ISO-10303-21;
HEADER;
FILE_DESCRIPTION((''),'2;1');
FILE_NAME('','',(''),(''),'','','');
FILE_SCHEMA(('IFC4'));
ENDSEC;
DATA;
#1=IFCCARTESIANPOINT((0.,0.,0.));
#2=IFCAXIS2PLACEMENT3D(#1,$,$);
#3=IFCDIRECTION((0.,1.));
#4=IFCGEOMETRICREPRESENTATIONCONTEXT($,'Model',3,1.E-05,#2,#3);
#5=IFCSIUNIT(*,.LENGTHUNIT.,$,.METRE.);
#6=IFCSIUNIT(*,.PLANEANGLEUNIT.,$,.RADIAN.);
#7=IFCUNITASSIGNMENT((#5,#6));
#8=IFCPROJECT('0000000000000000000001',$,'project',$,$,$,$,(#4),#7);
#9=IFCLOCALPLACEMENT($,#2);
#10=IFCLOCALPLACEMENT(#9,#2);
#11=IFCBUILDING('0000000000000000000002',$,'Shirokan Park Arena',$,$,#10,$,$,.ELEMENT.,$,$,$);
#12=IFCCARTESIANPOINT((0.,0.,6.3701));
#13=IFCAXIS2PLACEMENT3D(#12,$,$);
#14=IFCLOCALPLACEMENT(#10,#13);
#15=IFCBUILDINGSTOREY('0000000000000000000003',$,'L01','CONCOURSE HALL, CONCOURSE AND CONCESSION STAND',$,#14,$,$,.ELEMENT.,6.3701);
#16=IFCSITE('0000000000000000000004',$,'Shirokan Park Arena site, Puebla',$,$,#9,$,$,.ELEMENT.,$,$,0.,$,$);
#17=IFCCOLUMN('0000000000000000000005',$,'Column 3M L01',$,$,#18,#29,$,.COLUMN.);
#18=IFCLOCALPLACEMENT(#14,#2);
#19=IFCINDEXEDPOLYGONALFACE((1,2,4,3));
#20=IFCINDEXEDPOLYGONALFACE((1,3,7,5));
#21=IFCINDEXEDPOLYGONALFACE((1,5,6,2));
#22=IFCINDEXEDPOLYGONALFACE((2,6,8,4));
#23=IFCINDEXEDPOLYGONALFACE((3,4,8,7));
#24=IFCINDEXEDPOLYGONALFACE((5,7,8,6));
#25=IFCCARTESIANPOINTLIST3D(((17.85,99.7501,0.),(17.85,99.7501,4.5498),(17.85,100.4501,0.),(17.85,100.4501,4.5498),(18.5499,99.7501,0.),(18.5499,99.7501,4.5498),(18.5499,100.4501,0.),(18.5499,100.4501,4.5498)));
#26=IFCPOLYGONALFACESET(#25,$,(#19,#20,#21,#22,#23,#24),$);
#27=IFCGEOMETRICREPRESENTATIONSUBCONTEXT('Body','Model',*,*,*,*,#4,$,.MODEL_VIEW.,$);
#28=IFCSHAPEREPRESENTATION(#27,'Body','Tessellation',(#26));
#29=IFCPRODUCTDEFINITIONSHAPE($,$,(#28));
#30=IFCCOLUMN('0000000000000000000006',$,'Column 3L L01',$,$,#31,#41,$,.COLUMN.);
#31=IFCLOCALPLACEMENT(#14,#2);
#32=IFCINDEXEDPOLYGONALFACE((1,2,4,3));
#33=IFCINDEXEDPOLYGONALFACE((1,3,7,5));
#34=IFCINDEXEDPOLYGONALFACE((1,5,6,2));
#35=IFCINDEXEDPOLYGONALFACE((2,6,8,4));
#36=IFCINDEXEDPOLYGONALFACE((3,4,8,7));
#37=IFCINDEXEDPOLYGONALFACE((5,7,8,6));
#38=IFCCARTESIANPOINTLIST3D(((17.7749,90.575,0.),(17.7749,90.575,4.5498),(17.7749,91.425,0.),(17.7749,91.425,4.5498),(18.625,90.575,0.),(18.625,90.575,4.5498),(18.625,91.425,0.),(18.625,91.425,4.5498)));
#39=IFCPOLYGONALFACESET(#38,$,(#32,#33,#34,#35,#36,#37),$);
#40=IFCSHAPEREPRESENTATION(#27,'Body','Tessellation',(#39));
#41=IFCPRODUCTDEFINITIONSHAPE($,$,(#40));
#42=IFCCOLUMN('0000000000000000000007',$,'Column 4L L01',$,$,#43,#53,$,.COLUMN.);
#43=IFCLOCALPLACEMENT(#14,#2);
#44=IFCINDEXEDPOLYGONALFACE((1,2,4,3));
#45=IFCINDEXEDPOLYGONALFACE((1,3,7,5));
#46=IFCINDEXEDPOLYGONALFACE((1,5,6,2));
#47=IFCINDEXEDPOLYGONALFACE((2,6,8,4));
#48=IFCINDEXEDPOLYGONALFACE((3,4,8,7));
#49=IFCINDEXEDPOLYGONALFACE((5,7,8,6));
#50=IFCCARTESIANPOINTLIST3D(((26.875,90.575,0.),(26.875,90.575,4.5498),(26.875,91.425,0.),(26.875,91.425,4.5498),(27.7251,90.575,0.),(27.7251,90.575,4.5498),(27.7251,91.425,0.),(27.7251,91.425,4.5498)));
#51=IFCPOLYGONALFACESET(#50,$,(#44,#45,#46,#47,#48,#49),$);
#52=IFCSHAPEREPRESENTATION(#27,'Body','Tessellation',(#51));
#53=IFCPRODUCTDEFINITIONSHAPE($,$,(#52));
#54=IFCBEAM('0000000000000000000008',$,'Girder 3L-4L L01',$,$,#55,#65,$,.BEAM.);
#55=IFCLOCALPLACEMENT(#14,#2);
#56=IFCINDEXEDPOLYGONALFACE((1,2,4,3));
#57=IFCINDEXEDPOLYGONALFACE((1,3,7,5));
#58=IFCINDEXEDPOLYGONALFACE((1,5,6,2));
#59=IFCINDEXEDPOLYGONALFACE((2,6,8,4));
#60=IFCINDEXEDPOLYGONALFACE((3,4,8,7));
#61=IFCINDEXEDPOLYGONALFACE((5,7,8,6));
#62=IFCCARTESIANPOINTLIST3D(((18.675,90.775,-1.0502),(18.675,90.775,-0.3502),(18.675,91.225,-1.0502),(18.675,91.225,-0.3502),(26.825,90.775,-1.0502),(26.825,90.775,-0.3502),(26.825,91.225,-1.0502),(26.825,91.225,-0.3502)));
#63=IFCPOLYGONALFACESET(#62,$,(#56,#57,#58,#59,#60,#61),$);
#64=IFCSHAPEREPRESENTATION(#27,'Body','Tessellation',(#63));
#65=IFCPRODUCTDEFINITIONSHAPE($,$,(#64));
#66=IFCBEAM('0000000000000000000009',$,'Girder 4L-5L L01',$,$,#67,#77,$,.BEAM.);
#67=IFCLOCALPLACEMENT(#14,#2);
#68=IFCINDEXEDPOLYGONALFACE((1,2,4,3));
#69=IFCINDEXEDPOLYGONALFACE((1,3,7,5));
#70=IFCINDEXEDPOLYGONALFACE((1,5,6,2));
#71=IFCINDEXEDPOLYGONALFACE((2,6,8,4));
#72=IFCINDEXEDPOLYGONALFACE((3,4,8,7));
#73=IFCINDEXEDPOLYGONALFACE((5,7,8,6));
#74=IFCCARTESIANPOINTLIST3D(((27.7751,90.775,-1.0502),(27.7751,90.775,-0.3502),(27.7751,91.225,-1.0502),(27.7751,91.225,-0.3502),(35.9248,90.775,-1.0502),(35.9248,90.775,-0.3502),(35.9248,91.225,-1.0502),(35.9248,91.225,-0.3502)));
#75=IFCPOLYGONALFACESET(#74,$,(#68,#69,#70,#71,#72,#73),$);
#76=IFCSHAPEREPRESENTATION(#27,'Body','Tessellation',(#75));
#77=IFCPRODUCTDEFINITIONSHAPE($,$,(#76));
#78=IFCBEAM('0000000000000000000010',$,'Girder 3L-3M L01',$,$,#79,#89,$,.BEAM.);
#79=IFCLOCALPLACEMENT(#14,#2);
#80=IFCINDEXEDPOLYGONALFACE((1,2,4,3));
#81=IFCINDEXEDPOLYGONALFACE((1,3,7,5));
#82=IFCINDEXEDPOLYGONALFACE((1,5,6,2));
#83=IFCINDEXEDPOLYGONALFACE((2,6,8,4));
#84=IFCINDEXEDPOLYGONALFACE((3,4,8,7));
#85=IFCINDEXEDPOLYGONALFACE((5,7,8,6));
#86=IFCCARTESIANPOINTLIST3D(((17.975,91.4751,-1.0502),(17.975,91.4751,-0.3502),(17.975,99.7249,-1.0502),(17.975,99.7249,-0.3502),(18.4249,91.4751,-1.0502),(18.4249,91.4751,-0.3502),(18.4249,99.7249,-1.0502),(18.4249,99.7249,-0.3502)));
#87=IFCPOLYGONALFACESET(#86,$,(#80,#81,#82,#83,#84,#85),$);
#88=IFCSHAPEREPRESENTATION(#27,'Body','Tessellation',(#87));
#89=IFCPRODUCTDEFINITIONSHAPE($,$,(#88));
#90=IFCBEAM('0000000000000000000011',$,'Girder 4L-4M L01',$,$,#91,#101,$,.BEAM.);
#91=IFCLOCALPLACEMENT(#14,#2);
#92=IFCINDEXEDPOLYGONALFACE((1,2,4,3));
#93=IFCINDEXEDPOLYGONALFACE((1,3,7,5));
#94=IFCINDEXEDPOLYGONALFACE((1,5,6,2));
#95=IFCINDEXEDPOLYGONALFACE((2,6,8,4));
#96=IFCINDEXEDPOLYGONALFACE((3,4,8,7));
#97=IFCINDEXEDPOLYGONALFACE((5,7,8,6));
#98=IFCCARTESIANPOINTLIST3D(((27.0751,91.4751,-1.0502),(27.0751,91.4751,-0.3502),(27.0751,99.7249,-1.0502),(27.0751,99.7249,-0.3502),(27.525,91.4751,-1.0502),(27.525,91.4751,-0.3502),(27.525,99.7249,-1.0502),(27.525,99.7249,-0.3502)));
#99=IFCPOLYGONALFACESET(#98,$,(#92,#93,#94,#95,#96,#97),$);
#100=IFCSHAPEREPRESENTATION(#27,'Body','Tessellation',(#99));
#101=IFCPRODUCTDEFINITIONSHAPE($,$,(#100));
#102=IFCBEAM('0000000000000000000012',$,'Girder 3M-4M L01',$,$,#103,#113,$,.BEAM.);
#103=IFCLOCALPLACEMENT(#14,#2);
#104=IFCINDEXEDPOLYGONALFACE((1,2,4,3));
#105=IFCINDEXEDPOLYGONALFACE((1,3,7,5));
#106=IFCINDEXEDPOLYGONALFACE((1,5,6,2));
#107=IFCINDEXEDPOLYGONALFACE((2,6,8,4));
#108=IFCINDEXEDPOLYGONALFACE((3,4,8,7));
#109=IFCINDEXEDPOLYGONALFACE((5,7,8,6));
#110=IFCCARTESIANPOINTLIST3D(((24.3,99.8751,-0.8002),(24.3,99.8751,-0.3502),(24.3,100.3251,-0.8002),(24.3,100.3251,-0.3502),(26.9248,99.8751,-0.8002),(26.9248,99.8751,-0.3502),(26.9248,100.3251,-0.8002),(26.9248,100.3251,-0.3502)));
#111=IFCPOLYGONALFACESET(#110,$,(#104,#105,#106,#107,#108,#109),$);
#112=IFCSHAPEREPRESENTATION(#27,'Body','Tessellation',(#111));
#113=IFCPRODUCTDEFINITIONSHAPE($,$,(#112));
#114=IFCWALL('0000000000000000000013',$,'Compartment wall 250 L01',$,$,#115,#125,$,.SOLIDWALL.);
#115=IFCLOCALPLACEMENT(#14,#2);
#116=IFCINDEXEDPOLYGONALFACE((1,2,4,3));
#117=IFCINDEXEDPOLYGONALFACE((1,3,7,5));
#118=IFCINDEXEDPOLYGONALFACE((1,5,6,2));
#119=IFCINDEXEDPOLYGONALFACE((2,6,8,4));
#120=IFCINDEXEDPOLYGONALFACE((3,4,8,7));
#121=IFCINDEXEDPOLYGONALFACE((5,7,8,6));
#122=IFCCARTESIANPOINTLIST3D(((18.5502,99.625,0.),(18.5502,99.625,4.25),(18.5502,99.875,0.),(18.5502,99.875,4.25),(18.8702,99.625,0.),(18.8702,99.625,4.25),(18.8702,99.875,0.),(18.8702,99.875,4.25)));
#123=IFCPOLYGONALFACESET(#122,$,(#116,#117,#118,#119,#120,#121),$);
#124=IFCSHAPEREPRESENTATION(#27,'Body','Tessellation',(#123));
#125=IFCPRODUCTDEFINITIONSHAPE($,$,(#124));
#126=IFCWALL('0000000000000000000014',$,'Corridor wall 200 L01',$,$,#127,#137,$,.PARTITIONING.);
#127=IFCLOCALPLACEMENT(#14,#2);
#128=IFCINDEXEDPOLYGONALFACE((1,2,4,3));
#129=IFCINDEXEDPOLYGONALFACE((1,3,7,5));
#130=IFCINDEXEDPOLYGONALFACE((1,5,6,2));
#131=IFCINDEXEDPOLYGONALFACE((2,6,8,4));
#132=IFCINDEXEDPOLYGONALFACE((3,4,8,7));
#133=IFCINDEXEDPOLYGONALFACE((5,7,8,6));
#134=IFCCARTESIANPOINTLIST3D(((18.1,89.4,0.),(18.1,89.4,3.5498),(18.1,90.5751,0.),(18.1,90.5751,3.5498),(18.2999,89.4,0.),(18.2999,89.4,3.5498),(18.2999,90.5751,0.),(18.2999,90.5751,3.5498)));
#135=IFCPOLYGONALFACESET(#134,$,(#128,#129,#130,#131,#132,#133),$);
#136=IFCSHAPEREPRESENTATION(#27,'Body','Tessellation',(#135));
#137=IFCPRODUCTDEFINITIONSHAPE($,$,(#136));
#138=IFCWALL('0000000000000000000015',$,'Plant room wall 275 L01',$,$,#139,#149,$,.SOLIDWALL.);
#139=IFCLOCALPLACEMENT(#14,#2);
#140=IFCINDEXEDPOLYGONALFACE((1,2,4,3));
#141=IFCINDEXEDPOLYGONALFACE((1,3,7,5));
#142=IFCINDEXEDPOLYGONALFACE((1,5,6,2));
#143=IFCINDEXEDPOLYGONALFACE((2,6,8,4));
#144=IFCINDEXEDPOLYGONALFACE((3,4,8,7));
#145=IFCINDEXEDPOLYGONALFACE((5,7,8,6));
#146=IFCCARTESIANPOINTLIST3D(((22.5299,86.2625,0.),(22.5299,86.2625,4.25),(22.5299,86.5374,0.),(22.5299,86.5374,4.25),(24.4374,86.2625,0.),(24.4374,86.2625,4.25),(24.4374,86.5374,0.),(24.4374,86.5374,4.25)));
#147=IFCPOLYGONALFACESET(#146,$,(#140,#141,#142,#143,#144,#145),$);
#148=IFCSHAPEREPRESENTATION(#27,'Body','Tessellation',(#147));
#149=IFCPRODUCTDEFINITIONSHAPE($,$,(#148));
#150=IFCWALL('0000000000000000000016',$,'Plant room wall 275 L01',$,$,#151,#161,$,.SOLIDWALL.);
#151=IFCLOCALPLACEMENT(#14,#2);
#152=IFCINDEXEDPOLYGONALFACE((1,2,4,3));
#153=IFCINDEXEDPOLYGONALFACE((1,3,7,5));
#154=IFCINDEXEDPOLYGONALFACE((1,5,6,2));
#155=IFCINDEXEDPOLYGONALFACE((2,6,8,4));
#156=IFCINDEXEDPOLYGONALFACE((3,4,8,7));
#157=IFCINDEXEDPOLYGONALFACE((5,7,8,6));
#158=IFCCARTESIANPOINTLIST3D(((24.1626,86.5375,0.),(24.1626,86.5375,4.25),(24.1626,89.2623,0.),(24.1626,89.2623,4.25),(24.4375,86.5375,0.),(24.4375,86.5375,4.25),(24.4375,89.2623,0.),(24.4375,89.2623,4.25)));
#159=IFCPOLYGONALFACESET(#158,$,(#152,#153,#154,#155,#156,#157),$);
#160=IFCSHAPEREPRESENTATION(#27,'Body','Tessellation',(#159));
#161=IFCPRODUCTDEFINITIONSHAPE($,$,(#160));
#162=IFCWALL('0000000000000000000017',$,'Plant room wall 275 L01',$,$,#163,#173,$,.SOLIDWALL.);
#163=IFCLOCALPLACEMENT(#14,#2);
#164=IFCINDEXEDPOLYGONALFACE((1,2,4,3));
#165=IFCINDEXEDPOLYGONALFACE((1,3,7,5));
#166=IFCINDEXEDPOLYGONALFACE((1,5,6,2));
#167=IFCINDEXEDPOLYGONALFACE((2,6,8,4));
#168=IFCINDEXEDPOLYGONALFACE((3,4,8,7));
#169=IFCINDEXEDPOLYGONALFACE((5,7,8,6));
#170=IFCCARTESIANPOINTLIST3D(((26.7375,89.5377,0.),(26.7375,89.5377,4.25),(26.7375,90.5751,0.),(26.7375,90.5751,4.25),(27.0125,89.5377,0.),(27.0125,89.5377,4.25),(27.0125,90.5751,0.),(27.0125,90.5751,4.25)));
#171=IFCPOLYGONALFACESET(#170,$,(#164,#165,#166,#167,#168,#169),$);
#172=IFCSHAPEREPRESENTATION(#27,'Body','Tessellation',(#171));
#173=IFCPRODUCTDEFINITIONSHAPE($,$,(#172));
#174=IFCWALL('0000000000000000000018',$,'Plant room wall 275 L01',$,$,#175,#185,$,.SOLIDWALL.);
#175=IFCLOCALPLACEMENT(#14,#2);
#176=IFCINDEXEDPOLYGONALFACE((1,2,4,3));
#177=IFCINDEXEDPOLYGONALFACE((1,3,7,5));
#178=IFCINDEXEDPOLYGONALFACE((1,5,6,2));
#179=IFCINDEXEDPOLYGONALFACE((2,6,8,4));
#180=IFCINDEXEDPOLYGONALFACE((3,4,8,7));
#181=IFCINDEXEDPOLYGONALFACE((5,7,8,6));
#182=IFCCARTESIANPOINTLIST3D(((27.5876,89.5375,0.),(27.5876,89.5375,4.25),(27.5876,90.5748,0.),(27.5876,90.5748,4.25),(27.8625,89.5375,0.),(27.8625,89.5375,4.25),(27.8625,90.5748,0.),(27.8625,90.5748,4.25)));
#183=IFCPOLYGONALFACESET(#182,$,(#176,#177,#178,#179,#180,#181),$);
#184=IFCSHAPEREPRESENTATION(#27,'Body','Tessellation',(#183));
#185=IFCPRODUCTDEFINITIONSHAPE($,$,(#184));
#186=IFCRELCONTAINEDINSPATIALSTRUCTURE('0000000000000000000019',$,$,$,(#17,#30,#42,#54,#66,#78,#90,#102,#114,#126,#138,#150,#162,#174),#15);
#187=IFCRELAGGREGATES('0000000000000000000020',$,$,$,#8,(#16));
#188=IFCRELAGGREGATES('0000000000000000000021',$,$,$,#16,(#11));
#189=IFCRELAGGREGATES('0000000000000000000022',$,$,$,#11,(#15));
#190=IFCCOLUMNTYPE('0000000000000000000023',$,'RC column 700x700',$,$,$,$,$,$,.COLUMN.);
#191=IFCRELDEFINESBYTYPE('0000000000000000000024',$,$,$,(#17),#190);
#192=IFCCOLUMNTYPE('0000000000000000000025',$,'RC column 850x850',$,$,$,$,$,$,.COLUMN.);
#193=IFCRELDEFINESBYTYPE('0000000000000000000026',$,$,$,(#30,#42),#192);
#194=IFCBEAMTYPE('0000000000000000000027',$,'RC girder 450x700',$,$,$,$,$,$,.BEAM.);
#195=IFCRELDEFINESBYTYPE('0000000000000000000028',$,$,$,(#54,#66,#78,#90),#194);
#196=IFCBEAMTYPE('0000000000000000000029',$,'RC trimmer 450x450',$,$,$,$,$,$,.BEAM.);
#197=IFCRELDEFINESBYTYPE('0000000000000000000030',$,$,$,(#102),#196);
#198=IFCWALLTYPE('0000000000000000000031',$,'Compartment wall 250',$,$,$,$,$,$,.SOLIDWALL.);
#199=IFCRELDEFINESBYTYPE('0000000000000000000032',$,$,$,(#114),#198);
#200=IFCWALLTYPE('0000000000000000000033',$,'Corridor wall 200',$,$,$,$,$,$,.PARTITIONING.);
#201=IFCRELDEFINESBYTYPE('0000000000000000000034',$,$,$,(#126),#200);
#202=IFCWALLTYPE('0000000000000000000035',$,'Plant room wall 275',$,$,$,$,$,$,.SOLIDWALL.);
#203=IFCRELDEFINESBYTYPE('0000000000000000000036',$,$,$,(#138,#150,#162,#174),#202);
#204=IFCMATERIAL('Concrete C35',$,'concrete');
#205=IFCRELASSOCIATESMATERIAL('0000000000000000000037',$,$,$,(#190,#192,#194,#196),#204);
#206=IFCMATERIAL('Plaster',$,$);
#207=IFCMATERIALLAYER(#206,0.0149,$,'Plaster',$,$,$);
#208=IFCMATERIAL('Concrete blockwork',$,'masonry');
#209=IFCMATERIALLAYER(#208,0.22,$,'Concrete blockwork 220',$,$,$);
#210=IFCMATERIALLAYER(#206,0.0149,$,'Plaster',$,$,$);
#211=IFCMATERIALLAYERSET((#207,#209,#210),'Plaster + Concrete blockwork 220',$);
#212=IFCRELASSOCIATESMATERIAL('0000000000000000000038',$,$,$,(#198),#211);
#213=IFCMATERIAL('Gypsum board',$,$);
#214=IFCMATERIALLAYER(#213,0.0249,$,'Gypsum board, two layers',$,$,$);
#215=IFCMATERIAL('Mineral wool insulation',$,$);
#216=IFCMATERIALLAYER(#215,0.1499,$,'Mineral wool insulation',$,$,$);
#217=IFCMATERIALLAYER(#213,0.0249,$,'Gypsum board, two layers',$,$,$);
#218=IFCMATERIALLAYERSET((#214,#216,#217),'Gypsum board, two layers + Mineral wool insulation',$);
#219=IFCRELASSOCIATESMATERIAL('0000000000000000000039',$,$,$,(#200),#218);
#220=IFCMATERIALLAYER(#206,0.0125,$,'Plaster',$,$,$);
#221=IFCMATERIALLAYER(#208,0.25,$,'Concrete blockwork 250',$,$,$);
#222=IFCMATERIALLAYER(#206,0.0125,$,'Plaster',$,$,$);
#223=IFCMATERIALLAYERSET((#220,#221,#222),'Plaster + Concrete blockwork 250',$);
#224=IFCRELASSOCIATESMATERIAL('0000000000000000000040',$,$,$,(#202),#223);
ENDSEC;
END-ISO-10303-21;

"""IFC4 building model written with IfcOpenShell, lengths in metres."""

from ifc_helpers import new_model, si_unit, direction, frame, frame_2d, origin, origin_2d, place, context, subcontext, project, spatial, rectangle, extrude, material, layer, layer_set, material_profile, profile_set, type_object, element, save


model = new_model("IFC4")

# Units and contexts
model_context = context("Model", 3, precision=1e-05, world=origin(), true_north=direction((0.0, 1.0)))
body_context = subcontext(model_context, "Body", "Model", "MODEL_VIEW")
ifc_project = project(units=[si_unit("LENGTHUNIT", "METRE"), si_unit("PLANEANGLEUNIT", "RADIAN")], contexts=[model_context])

# Site, building, storey
site_placement = place(None, origin())
site = spatial("IfcSite", under=ifc_project, at=site_placement, Name="Shirokan Park Arena site, Puebla", CompositionType="ELEMENT", RefElevation=0.0)
building_placement = place(site_placement, origin())
building = spatial("IfcBuilding", under=site, at=building_placement, Name="Shirokan Park Arena", CompositionType="ELEMENT")
storey_placement = place(building_placement, frame((0.0, 0.0, 6.3701)))
storey = spatial("IfcBuildingStorey", under=building, at=storey_placement, Name="L01", Description="CONCOURSE HALL, CONCOURSE AND CONCESSION STAND", CompositionType="ELEMENT", Elevation=6.3701)

# Columns
ifc_material_1 = material(Name="Concrete C35", Category="concrete")
ifc_material_profile_1 = material_profile(ifc_material_1, rectangle(XDim=0.7, YDim=0.7, at=origin_2d()), Name="700x700")
ifc_profile_set_1 = profile_set([ifc_material_profile_1], Name="Concrete C35")
column_type_1 = type_object("IfcColumnType", Name="RC column 700x700", PredefinedType="COLUMN", material=ifc_profile_set_1)
column_placement = place(storey_placement, frame((18.2, 100.1001, 0.0), z_axis=(0.0, 0.0, 1.0), x_axis=(1.0, 0.0, 0.0)))
element("IfcColumn", 1, at=column_placement, inside=storey, type_object=column_type_1, Name="Column 3M L01", PredefinedType="COLUMN", context=body_context, shape_type="SweptSolid", body=[
    extrude(rectangle(XDim=0.7, YDim=0.7, at=origin_2d()), origin(), (0.0, 0.0, 1.0), 4.5498),
])
ifc_material_profile_2 = material_profile(ifc_material_1, rectangle(XDim=0.8501, YDim=0.8501, at=origin_2d()), Name="850x850")
ifc_profile_set_2 = profile_set([ifc_material_profile_2], Name="Concrete C35")
column_type_2 = type_object("IfcColumnType", Name="RC column 850x850", PredefinedType="COLUMN", material=ifc_profile_set_2)
for number, where, z_axis, x_axis, name in (
    (2, (18.2, 91.0, 0.0), (0.0, 0.0, 1.0), (1.0, 0.0, 0.0), "Column 3L L01"),
    (3, (27.3, 91.0, 0.0), (0.0, 0.0, 1.0), (1.0, 0.0, 0.0), "Column 4L L01"),
):
    element("IfcColumn", number, at=place(storey_placement, frame(where, z_axis=z_axis, x_axis=x_axis)), inside=storey, type_object=column_type_2, Name=name, PredefinedType="COLUMN", context=body_context, shape_type="SweptSolid", body=[
        extrude(rectangle(XDim=0.8501, YDim=0.8501, at=origin_2d()), origin(), (0.0, 0.0, 1.0), 4.5498),
    ])

# Beams
ifc_material_profile_3 = material_profile(ifc_material_1, rectangle(XDim=0.45, YDim=0.7, at=origin_2d()), Name="450x700")
ifc_profile_set_3 = profile_set([ifc_material_profile_3], Name="Concrete C35")
beam_type_1 = type_object("IfcBeamType", Name="RC girder 450x700", PredefinedType="BEAM", material=ifc_profile_set_3)
beam_1_placement = place(storey_placement, frame((18.675, 91.0, -0.7002), z_axis=(1.0, 0.0, 0.0), x_axis=(0.0, 1.0, 0.0)))
element("IfcBeam", 4, at=beam_1_placement, inside=storey, type_object=beam_type_1, Name="Girder 3L-4L L01", PredefinedType="BEAM", context=body_context, shape_type="SweptSolid", body=[
    extrude(rectangle(XDim=0.45, YDim=0.7, at=origin_2d()), origin(), (0.0, 0.0, 1.0), 8.1499),
])
beam_2_placement = place(storey_placement, frame((27.7751, 91.0, -0.7002), z_axis=(1.0, 0.0, 0.0), x_axis=(0.0, 1.0, 0.0)))
element("IfcBeam", 5, at=beam_2_placement, inside=storey, type_object=beam_type_1, Name="Girder 4L-5L L01", PredefinedType="BEAM", context=body_context, shape_type="SweptSolid", body=[
    extrude(rectangle(XDim=0.45, YDim=0.7, at=origin_2d()), origin(), (0.0, 0.0, 1.0), 8.1497),
])
for number, where, z_axis, x_axis, name in (
    (6, (18.2, 91.4751, -0.7002), (0.0, 1.0, 0.0), (-1.0, 0.0, 0.0), "Girder 3L-3M L01"),
    (7, (27.3, 91.4751, -0.7002), (0.0, 1.0, 0.0), (-1.0, 0.0, 0.0), "Girder 4L-4M L01"),
):
    element("IfcBeam", number, at=place(storey_placement, frame(where, z_axis=z_axis, x_axis=x_axis)), inside=storey, type_object=beam_type_1, Name=name, PredefinedType="BEAM", context=body_context, shape_type="SweptSolid", body=[
        extrude(rectangle(XDim=0.45, YDim=0.7, at=origin_2d()), origin(), (0.0, 0.0, 1.0), 8.2498),
    ])
ifc_material_profile_4 = material_profile(ifc_material_1, rectangle(XDim=0.45, YDim=0.45, at=origin_2d()), Name="450x450")
ifc_profile_set_4 = profile_set([ifc_material_profile_4], Name="Concrete C35")
beam_type_2 = type_object("IfcBeamType", Name="RC trimmer 450x450", PredefinedType="BEAM", material=ifc_profile_set_4)
beam_3_placement = place(storey_placement, frame((24.3, 100.1001, -0.5752), z_axis=(1.0, 0.0, 0.0), x_axis=(0.0, 1.0, 0.0)))
element("IfcBeam", 8, at=beam_3_placement, inside=storey, type_object=beam_type_2, Name="Girder 3M-4M L01", PredefinedType="BEAM", context=body_context, shape_type="SweptSolid", body=[
    extrude(rectangle(XDim=0.45, YDim=0.45, at=origin_2d()), origin(), (0.0, 0.0, 1.0), 2.6248),
])

# Walls
ifc_material_2 = material(Name="Plaster")
ifc_layer_1 = layer(ifc_material_2, 0.0149, Name="Plaster")
ifc_material_3 = material(Name="Concrete blockwork", Category="masonry")
ifc_layer_2 = layer(ifc_material_3, 0.22, Name="Concrete blockwork 220")
ifc_layer_3 = layer(ifc_material_2, 0.0149, Name="Plaster")
ifc_layer_set_1 = layer_set([ifc_layer_1, ifc_layer_2, ifc_layer_3], Name="Plaster + Concrete blockwork 220")
wall_type_1 = type_object("IfcWallType", Name="Compartment wall 250", PredefinedType="SOLIDWALL", material=ifc_layer_set_1)
wall_1_placement = place(storey_placement, frame((18.55, 99.75, 0.0), z_axis=(0.0, 0.0, 1.0), x_axis=(1.0, 0.0, 0.0)))
element("IfcWall", 9, at=wall_1_placement, inside=storey, type_object=wall_type_1, Name="Compartment wall 250 L01", PredefinedType="SOLIDWALL", context=body_context, shape_type="SweptSolid", body=[
    extrude(rectangle(XDim=0.3201, YDim=0.25, at=frame_2d((0.1602, 0.0))), origin(), (0.0, 0.0, 1.0), 4.25),
])
ifc_material_4 = material(Name="Gypsum board")
ifc_layer_4 = layer(ifc_material_4, 0.0249, Name="Gypsum board, two layers")
ifc_material_5 = material(Name="Mineral wool insulation")
ifc_layer_5 = layer(ifc_material_5, 0.1499, Name="Mineral wool insulation")
ifc_layer_6 = layer(ifc_material_4, 0.0249, Name="Gypsum board, two layers")
ifc_layer_set_2 = layer_set([ifc_layer_4, ifc_layer_5, ifc_layer_6], Name="Gypsum board, two layers + Mineral wool insulation")
wall_type_2 = type_object("IfcWallType", Name="Corridor wall 200", PredefinedType="PARTITIONING", material=ifc_layer_set_2)
wall_2_placement = place(storey_placement, frame((18.2, 90.575, 0.0), z_axis=(0.0, 0.0, 1.0), x_axis=(0.0, -1.0, 0.0)))
element("IfcWall", 10, at=wall_2_placement, inside=storey, type_object=wall_type_2, Name="Corridor wall 200 L01", PredefinedType="PARTITIONING", context=body_context, shape_type="SweptSolid", body=[
    extrude(rectangle(XDim=1.175, YDim=0.2, at=frame_2d((0.5874, 0.0))), origin(), (0.0, 0.0, 1.0), 3.5498),
])

# Walls
ifc_layer_7 = layer(ifc_material_2, 0.0125, Name="Plaster")
ifc_layer_8 = layer(ifc_material_3, 0.25, Name="Concrete blockwork 250")
ifc_layer_9 = layer(ifc_material_2, 0.0125, Name="Plaster")
ifc_layer_set_3 = layer_set([ifc_layer_7, ifc_layer_8, ifc_layer_9], Name="Plaster + Concrete blockwork 250")
wall_type_3 = type_object("IfcWallType", Name="Plant room wall 275", PredefinedType="SOLIDWALL", material=ifc_layer_set_3)
wall_3_placement = place(storey_placement, frame((22.53, 86.3999, 0.0), z_axis=(0.0, 0.0, 1.0), x_axis=(1.0, 0.0, 0.0)))
element("IfcWall", 11, at=wall_3_placement, inside=storey, type_object=wall_type_3, Name="Plant room wall 275 L01", PredefinedType="SOLIDWALL", context=body_context, shape_type="SweptSolid", body=[
    extrude(rectangle(XDim=1.9075, YDim=0.2749, at=frame_2d((0.9536, 0.0))), origin(), (0.0, 0.0, 1.0), 4.25),
])
wall_4_placement = place(storey_placement, frame((24.3, 86.5376, 0.0), z_axis=(0.0, 0.0, 1.0), x_axis=(0.0, 1.0, 0.0)))
element("IfcWall", 12, at=wall_4_placement, inside=storey, type_object=wall_type_3, Name="Plant room wall 275 L01", PredefinedType="SOLIDWALL", context=body_context, shape_type="SweptSolid", body=[
    extrude(rectangle(XDim=2.7249, YDim=0.2749, at=frame_2d((1.3623, 0.0))), origin(), (0.0, 0.0, 1.0), 4.25),
])
wall_5_placement = place(storey_placement, frame((26.875, 90.575, 0.0), z_axis=(0.0, 0.0, 1.0), x_axis=(0.0, -1.0, 0.0)))
element("IfcWall", 13, at=wall_5_placement, inside=storey, type_object=wall_type_3, Name="Plant room wall 275 L01", PredefinedType="SOLIDWALL", context=body_context, shape_type="SweptSolid", body=[
    extrude(rectangle(XDim=1.0374, YDim=0.2749, at=frame_2d((0.5186, 0.0))), origin(), (0.0, 0.0, 1.0), 4.25),
])

# Wall
wall_6_placement = place(storey_placement, frame((27.7251, 89.5376, 0.0), z_axis=(0.0, 0.0, 1.0), x_axis=(0.0, 1.0, 0.0)))
element("IfcWall", 14, at=wall_6_placement, inside=storey, type_object=wall_type_3, Name="Plant room wall 275 L01", PredefinedType="SOLIDWALL", context=body_context, shape_type="SweptSolid", body=[
    extrude(rectangle(XDim=1.0374, YDim=0.2749, at=frame_2d((0.5186, 0.0))), origin(), (0.0, 0.0, 1.0), 4.25),
])

save(model, "model.ifc")
